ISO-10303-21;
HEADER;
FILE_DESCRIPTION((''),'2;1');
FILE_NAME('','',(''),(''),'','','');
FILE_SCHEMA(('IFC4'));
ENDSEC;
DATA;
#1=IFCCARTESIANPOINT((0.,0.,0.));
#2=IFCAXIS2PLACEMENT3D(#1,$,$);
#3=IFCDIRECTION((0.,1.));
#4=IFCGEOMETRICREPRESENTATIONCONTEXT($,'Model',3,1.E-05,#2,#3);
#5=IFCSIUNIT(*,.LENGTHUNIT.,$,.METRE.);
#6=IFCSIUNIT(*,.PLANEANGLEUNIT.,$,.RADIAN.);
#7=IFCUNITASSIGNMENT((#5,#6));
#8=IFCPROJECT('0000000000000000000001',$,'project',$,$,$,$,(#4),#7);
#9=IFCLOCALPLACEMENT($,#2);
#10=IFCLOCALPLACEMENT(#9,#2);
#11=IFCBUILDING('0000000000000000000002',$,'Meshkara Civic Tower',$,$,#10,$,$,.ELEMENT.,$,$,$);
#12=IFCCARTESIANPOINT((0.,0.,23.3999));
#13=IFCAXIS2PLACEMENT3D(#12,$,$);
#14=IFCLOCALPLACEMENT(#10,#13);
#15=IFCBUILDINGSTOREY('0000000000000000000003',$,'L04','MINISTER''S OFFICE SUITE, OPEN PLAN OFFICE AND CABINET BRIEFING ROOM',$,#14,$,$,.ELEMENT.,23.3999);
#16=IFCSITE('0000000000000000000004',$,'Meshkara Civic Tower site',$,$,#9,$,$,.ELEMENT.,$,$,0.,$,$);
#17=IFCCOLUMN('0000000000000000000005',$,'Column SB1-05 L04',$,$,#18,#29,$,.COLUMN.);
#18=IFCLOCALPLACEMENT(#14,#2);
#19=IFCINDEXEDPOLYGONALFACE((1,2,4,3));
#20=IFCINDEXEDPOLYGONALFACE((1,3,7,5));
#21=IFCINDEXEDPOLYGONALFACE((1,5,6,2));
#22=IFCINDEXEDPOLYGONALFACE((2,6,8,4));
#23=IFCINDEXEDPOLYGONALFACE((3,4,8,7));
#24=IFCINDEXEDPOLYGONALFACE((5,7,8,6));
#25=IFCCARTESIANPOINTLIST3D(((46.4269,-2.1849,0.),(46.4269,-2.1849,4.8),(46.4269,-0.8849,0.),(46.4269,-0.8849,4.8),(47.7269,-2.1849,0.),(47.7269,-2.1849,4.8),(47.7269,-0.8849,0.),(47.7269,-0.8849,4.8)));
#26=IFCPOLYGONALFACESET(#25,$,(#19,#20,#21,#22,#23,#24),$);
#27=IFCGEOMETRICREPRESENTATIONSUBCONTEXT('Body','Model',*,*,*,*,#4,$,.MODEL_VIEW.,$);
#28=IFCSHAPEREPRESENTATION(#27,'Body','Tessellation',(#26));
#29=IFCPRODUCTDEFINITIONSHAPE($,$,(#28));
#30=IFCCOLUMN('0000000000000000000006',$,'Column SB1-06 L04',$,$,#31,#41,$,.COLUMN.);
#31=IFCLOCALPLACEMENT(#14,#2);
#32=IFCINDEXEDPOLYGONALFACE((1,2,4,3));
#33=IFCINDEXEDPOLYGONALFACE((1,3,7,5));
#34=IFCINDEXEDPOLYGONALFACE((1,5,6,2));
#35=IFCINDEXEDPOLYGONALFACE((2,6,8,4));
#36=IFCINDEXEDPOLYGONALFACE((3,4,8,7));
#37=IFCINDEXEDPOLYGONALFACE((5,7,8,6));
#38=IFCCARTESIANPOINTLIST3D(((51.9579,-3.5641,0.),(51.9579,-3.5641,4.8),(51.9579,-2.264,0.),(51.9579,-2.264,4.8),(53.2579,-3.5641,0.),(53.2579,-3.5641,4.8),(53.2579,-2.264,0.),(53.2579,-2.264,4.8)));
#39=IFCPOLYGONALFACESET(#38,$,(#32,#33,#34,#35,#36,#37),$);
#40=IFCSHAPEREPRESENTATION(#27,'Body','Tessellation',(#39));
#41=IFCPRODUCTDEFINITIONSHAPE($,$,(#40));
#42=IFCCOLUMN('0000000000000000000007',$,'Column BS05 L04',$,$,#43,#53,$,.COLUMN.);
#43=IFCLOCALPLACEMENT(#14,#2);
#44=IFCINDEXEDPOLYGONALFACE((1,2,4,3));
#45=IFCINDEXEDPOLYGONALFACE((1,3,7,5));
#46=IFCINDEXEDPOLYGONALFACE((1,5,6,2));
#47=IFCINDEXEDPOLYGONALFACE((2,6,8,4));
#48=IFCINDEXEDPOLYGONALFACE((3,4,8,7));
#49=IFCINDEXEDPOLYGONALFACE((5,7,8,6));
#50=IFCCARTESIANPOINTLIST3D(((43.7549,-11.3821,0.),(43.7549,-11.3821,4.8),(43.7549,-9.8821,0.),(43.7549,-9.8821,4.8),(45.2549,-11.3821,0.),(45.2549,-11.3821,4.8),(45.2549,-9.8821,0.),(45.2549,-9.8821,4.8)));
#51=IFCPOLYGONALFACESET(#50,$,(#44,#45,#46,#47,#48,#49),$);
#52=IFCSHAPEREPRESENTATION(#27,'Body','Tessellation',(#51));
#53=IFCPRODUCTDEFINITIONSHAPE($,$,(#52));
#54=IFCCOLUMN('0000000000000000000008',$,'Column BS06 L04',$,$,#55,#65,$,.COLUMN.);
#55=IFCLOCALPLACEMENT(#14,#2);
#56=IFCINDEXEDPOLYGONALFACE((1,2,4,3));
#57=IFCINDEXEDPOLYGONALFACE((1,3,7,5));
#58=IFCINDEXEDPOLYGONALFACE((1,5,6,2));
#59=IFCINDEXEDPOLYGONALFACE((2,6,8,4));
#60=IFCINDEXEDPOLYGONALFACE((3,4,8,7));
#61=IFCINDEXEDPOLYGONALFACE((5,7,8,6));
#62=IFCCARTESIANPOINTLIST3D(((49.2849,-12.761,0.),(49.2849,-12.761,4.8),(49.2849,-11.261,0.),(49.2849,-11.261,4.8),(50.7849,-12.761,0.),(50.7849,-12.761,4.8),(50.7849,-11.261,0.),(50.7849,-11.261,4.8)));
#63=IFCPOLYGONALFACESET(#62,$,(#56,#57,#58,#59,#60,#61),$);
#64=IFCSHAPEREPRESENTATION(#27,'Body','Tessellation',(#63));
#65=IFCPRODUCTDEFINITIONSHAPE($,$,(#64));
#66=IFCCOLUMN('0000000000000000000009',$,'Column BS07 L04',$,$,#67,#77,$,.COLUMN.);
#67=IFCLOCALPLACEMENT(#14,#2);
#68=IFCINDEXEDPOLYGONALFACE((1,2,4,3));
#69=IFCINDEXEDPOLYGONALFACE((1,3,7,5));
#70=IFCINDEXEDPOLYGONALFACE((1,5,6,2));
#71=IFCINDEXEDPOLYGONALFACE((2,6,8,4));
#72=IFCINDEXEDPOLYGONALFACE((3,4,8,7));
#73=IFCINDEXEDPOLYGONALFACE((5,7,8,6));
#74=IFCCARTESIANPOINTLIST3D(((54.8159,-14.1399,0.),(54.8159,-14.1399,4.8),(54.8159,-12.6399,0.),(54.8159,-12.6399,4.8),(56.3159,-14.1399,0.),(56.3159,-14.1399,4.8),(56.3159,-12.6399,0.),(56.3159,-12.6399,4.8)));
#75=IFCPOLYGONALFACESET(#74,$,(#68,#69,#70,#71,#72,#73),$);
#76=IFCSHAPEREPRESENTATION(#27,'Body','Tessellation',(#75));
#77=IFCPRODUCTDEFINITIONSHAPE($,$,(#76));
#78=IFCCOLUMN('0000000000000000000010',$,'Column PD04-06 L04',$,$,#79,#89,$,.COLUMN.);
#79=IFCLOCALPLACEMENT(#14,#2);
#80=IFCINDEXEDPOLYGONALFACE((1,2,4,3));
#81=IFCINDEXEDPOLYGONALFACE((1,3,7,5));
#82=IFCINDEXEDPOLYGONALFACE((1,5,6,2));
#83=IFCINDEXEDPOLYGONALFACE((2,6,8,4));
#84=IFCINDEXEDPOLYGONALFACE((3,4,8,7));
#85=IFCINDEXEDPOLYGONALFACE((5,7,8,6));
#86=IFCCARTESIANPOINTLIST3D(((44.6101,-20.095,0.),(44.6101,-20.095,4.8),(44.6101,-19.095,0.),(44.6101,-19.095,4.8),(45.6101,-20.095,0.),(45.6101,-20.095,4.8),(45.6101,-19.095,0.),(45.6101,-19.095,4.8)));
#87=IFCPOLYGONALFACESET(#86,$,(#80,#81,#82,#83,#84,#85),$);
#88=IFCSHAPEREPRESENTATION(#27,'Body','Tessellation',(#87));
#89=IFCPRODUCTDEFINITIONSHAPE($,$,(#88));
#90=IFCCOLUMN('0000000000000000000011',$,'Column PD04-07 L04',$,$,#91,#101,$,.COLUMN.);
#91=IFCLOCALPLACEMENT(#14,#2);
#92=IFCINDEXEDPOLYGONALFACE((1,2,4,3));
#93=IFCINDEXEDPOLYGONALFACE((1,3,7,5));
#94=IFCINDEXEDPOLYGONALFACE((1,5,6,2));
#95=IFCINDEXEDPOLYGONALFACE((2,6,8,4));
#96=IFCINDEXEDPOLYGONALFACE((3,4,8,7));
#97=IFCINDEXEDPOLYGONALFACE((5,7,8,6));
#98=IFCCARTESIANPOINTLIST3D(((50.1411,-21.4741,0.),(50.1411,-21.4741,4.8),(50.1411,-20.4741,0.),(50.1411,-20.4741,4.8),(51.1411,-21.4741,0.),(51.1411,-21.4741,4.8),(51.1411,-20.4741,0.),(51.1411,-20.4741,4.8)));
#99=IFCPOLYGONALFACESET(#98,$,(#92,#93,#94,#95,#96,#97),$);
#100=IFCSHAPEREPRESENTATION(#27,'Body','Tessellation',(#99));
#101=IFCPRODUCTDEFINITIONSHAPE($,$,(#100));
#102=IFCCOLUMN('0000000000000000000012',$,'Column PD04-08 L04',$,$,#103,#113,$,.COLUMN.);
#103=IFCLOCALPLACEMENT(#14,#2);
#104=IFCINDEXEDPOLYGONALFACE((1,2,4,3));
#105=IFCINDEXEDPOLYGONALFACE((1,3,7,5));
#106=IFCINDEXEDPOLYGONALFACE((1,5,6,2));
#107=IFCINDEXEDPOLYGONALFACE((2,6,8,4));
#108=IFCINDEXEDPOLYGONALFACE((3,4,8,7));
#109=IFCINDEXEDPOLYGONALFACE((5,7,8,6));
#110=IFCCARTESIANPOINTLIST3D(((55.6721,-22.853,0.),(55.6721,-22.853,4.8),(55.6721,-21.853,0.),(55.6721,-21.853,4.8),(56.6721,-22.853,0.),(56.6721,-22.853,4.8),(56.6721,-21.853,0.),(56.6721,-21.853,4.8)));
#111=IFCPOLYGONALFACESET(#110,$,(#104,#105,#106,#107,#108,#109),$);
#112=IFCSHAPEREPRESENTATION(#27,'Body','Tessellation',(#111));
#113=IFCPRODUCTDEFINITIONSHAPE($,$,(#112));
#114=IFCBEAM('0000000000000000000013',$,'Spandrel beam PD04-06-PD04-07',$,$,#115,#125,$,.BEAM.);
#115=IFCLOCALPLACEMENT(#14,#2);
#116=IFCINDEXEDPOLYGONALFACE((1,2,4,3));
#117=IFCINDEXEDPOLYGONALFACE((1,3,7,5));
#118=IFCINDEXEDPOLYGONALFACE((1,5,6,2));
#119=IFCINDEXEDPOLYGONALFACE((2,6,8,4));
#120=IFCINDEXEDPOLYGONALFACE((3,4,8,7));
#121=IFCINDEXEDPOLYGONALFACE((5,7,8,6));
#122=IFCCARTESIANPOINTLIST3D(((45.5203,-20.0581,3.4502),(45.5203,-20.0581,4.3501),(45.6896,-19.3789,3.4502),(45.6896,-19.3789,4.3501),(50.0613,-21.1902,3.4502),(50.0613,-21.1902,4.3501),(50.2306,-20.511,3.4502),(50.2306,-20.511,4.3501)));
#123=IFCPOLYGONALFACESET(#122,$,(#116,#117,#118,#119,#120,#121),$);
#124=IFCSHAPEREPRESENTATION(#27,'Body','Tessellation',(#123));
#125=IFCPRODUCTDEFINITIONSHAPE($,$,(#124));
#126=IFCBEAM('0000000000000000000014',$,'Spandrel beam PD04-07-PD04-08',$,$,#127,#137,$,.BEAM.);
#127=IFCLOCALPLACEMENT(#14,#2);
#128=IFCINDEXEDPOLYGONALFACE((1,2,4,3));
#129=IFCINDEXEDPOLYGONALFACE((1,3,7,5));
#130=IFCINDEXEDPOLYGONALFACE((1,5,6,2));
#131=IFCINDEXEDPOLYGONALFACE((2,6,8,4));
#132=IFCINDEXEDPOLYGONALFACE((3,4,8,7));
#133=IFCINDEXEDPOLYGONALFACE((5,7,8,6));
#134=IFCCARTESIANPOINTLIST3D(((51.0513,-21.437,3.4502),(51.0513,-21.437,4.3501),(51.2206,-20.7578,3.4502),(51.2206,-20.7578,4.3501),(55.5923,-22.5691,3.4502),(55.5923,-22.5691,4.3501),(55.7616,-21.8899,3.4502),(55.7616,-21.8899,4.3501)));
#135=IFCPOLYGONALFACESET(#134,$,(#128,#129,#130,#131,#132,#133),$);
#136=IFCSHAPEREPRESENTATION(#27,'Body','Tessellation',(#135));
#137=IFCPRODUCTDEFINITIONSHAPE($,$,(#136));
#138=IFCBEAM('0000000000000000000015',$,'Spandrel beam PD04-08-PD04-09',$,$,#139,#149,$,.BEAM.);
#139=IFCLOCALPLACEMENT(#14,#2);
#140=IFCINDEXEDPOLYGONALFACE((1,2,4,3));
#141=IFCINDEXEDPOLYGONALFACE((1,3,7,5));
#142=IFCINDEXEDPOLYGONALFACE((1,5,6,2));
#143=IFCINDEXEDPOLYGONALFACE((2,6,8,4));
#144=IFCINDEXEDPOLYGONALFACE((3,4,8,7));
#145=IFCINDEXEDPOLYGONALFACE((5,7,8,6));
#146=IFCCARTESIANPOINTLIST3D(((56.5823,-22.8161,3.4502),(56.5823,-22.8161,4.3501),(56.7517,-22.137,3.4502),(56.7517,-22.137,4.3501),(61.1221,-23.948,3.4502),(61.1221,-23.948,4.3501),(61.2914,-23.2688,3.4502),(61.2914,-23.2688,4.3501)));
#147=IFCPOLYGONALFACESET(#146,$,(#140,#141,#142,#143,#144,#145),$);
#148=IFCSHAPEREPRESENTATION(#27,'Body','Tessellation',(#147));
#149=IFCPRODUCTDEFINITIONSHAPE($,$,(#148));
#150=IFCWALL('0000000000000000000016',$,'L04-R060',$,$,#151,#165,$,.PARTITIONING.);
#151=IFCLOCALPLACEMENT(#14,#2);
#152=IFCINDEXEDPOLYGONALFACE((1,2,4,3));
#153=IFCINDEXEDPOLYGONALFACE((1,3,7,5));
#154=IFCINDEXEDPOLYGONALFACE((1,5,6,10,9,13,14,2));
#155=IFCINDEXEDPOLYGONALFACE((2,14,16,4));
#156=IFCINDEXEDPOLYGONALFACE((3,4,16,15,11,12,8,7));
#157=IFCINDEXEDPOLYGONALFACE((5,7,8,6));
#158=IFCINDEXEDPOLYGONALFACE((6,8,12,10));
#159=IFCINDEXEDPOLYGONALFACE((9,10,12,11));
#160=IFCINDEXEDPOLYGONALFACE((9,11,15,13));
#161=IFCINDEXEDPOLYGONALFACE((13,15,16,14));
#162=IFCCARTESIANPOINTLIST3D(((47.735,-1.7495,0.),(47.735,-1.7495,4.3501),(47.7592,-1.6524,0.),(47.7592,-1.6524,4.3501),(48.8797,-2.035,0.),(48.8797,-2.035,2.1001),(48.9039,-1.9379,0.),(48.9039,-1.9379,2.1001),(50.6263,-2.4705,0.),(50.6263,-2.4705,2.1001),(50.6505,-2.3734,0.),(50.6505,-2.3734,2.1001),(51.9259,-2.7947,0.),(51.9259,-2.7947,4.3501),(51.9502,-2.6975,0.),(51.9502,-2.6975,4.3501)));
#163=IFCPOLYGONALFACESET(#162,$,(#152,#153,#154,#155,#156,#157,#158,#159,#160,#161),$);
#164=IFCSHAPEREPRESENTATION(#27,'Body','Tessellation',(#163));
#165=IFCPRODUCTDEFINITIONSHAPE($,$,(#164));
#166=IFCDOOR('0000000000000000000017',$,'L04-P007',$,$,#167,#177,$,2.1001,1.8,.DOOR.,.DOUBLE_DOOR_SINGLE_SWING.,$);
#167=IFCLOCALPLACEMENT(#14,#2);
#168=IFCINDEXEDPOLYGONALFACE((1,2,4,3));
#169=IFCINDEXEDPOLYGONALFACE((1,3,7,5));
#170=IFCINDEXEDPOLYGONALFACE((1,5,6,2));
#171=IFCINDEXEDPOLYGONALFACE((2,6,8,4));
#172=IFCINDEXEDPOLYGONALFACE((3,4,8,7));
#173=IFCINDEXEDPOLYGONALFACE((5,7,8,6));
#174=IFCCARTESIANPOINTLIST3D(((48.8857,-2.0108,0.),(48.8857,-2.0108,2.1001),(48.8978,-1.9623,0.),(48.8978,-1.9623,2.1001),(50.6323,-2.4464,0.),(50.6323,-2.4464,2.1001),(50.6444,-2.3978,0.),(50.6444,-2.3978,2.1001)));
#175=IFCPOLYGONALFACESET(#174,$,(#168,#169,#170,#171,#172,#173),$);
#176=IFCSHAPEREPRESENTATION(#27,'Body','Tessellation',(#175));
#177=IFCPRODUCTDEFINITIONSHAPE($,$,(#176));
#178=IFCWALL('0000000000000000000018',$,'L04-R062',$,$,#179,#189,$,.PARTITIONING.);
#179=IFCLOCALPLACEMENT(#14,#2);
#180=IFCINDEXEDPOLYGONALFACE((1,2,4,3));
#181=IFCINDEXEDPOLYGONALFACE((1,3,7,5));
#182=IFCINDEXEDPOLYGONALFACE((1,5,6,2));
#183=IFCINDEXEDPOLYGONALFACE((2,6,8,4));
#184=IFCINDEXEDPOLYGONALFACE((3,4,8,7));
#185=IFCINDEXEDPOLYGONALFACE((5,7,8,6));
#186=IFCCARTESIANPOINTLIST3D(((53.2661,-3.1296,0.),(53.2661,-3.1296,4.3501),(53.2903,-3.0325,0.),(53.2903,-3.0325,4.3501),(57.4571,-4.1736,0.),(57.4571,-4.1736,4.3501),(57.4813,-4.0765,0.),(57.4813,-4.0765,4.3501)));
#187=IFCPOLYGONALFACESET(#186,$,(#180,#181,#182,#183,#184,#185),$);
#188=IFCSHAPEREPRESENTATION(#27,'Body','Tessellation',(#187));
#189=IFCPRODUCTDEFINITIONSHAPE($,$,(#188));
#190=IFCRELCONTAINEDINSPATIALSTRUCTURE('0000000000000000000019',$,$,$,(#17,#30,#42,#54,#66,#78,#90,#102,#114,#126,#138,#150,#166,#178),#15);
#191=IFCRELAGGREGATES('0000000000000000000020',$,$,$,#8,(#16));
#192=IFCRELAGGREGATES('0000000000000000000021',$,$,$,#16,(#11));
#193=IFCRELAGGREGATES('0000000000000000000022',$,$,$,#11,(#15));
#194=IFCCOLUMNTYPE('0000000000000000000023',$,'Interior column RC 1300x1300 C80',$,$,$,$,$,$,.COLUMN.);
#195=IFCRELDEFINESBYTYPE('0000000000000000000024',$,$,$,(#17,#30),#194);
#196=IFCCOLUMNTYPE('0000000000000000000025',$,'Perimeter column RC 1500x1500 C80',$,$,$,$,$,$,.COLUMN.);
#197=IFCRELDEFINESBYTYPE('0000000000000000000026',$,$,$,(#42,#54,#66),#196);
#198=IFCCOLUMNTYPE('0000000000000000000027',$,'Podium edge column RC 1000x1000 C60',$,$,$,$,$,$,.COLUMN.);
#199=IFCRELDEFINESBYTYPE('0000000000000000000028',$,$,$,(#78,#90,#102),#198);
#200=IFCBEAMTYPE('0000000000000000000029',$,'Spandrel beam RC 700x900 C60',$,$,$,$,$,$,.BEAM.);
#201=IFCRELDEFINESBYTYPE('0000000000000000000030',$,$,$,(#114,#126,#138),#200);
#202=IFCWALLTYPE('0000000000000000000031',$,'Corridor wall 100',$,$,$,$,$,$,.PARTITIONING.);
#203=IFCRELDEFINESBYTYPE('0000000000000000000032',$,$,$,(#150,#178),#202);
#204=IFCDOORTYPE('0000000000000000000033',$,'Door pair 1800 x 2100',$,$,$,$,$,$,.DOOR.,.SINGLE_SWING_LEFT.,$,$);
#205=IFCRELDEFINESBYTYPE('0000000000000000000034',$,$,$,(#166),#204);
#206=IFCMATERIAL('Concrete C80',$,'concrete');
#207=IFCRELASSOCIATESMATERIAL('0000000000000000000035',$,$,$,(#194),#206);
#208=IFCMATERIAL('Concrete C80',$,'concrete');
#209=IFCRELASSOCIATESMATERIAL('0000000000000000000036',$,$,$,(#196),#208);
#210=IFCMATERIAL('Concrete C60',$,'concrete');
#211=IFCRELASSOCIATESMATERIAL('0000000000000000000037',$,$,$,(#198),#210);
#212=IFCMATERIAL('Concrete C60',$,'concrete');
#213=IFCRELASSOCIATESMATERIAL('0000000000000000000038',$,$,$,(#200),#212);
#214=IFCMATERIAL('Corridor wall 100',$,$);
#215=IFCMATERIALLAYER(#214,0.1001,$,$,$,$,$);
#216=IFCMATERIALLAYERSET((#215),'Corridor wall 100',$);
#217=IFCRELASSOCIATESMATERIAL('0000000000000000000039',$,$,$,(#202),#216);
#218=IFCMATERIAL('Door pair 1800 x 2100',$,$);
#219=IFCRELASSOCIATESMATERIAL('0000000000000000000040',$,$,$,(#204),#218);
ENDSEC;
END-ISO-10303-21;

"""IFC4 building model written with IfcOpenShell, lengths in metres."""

from ifc_helpers import new_model, si_unit, direction, frame, frame_2d, origin, origin_2d, place, context, subcontext, project, spatial, rectangle, extrude, material, layer, layer_set, material_profile, profile_set, type_object, element, fill, save


model = new_model("IFC4")

# Units and contexts
model_context = context("Model", 3, precision=1e-05, world=origin(), true_north=direction((0.0, 1.0)))
body_context = subcontext(model_context, "Body", "Model", "MODEL_VIEW")
ifc_project = project(units=[si_unit("LENGTHUNIT", "METRE"), si_unit("PLANEANGLEUNIT", "RADIAN")], contexts=[model_context])

# Site, building, storey
site_placement = place(None, origin())
site = spatial("IfcSite", under=ifc_project, at=site_placement, Name="Meshkara Civic Tower site", CompositionType="ELEMENT", RefElevation=0.0)
building_placement = place(site_placement, origin())
building = spatial("IfcBuilding", under=site, at=building_placement, Name="Meshkara Civic Tower", CompositionType="ELEMENT")
storey_placement = place(building_placement, frame((0.0, 0.0, 23.3999)))
storey = spatial("IfcBuildingStorey", under=building, at=storey_placement, Name="L04", Description="MINISTER'S OFFICE SUITE, OPEN PLAN OFFICE AND CABINET BRIEFING ROOM", CompositionType="ELEMENT", Elevation=23.3999)

# Columns
ifc_material_1 = material(Name="Concrete C80", Category="concrete")
ifc_material_profile_1 = material_profile(ifc_material_1, rectangle(XDim=1.3, YDim=1.3, at=origin_2d()))
ifc_profile_set_1 = profile_set([ifc_material_profile_1], Name="Concrete C80")
column_type_1 = type_object("IfcColumnType", Name="Interior column RC 1300x1300 C80", PredefinedType="COLUMN", material=ifc_profile_set_1)
for number, where, z_axis, x_axis, name in (
    (1, (47.0769, -1.5349, 0.0), (0.0, 0.0, 1.0), (1.0, 0.0, 0.0), "Column SB1-05 L04"),
    (2, (52.6079, -2.9141, 0.0), (0.0, 0.0, 1.0), (1.0, 0.0, 0.0), "Column SB1-06 L04"),
):
    element("IfcColumn", number, at=place(storey_placement, frame(where, z_axis=z_axis, x_axis=x_axis)), inside=storey, type_object=column_type_1, Name=name, PredefinedType="COLUMN", context=body_context, shape_type="SweptSolid", body=[
        extrude(rectangle(XDim=1.3, YDim=1.3, at=origin_2d()), origin(), (0.0, 0.0, 1.0), 4.8),
    ])
ifc_material_2 = material(Name="Concrete C80", Category="concrete")
ifc_material_profile_2 = material_profile(ifc_material_2, rectangle(XDim=1.5, YDim=1.5, at=origin_2d()))
ifc_profile_set_2 = profile_set([ifc_material_profile_2], Name="Concrete C80")
column_type_2 = type_object("IfcColumnType", Name="Perimeter column RC 1500x1500 C80", PredefinedType="COLUMN", material=ifc_profile_set_2)
for number, where, z_axis, x_axis, name in (
    (3, (44.5049, -10.6321, 0.0), (0.0, 0.0, 1.0), (1.0, 0.0, 0.0), "Column BS05 L04"),
    (4, (50.0349, -12.011, 0.0), (0.0, 0.0, 1.0), (1.0, 0.0, 0.0), "Column BS06 L04"),
    (5, (55.5659, -13.3899, 0.0), (0.0, 0.0, 1.0), (1.0, 0.0, 0.0), "Column BS07 L04"),
):
    element("IfcColumn", number, at=place(storey_placement, frame(where, z_axis=z_axis, x_axis=x_axis)), inside=storey, type_object=column_type_2, Name=name, PredefinedType="COLUMN", context=body_context, shape_type="SweptSolid", body=[
        extrude(rectangle(XDim=1.5, YDim=1.5, at=origin_2d()), origin(), (0.0, 0.0, 1.0), 4.8),
    ])
ifc_material_3 = material(Name="Concrete C60", Category="concrete")
ifc_material_profile_3 = material_profile(ifc_material_3, rectangle(XDim=1.0, YDim=1.0, at=origin_2d()))
ifc_profile_set_3 = profile_set([ifc_material_profile_3], Name="Concrete C60")
column_type_3 = type_object("IfcColumnType", Name="Podium edge column RC 1000x1000 C60", PredefinedType="COLUMN", material=ifc_profile_set_3)
for number, where, z_axis, x_axis, name in (
    (6, (45.1101, -19.595, 0.0), (0.0, 0.0, 1.0), (1.0, 0.0, 0.0), "Column PD04-06 L04"),
    (7, (50.6411, -20.9741, 0.0), (0.0, 0.0, 1.0), (1.0, 0.0, 0.0), "Column PD04-07 L04"),
    (8, (56.1721, -22.353, 0.0), (0.0, 0.0, 1.0), (1.0, 0.0, 0.0), "Column PD04-08 L04"),
):
    element("IfcColumn", number, at=place(storey_placement, frame(where, z_axis=z_axis, x_axis=x_axis)), inside=storey, type_object=column_type_3, Name=name, PredefinedType="COLUMN", context=body_context, shape_type="SweptSolid", body=[
        extrude(rectangle(XDim=1.0, YDim=1.0, at=origin_2d()), origin(), (0.0, 0.0, 1.0), 4.8),
    ])

# Beams
ifc_material_4 = material(Name="Concrete C60", Category="concrete")
ifc_material_profile_4 = material_profile(ifc_material_4, rectangle(XDim=0.7, YDim=0.8999, at=origin_2d()))
ifc_profile_set_4 = profile_set([ifc_material_profile_4], Name="Concrete C60")
beam_type = type_object("IfcBeamType", Name="Spandrel beam RC 700x900 C60", PredefinedType="BEAM", material=ifc_profile_set_4)
for number, where, z_axis, x_axis, name in (
    (9, (45.605, -19.7185, 3.9001), (0.970302, -0.241897, 0.0), (0.241897, 0.970302, 0.0), "Spandrel beam PD04-06-PD04-07"),
    (10, (51.136, -21.0974, 3.9001), (0.970302, -0.241897, 0.0), (0.241897, 0.970302, 0.0), "Spandrel beam PD04-07-PD04-08"),
):
    element("IfcBeam", number, at=place(storey_placement, frame(where, z_axis=z_axis, x_axis=x_axis)), inside=storey, type_object=beam_type, Name=name, PredefinedType="BEAM", context=body_context, shape_type="SweptSolid", body=[
        extrude(rectangle(XDim=0.7, YDim=0.8999, at=origin_2d()), origin(), (0.0, 0.0, 1.0), 4.6799),
    ])
beam_placement = place(storey_placement, frame((56.667, -22.4766, 3.9001), z_axis=(0.970299, -0.241909, 0.0), x_axis=(0.241909, 0.970299, 0.0)))
element("IfcBeam", 11, at=beam_placement, inside=storey, type_object=beam_type, Name="Spandrel beam PD04-08-PD04-09", PredefinedType="BEAM", context=body_context, shape_type="SweptSolid", body=[
    extrude(rectangle(XDim=0.7, YDim=0.8999, at=origin_2d()), origin(), (0.0, 0.0, 1.0), 4.6787),
])

# Wall, opening, door
ifc_material_5 = material(Name="Corridor wall 100")
ifc_layer_1 = layer(ifc_material_5, 0.1001)
ifc_layer_set_1 = layer_set([ifc_layer_1], Name="Corridor wall 100")
wall_type_1 = type_object("IfcWallType", Name="Corridor wall 100", PredefinedType="PARTITIONING", material=ifc_layer_set_1)
wall_1_placement = place(storey_placement, frame((47.7471, -1.7009, 0.0), z_axis=(0.0, 0.0, 1.0), x_axis=(0.970282, -0.241977, 0.0)))
wall_1 = element("IfcWall", 12, at=wall_1_placement, inside=storey, type_object=wall_type_1, Name="L04-R060", PredefinedType="PARTITIONING", context=body_context, shape_type="SweptSolid", body=[
    extrude(rectangle(XDim=4.3193, YDim=0.1001, at=frame_2d((2.1597, 0.0))), origin(), (0.0, 0.0, 1.0), 4.3501),
])
opening_1_placement = place(wall_1_placement, frame((1.1799, 0.0, 0.0)))
opening_1 = element("IfcOpeningElement", 13, at=opening_1_placement, cuts=wall_1, PredefinedType="OPENING", context=body_context, shape_type="SweptSolid", body=[
    extrude(rectangle(XDim=1.8, YDim=2.1001, at=frame_2d((0.8999, 1.05))), frame((0.0, 0.0601, 0.0), z_axis=(0.0, -1.0, 0.0), x_axis=(1.0, 0.0, 0.0)), (0.0, 0.0, 1.0), 0.1201),
])
ifc_material_6 = material(Name="Door pair 1800 x 2100")
door_type = type_object("IfcDoorType", Name="Door pair 1800 x 2100", OperationType="SINGLE_SWING_LEFT", PredefinedType="DOOR", material=ifc_material_6)
door_placement = place(opening_1_placement, origin())
door = element("IfcDoor", 14, at=door_placement, inside=storey, type_object=door_type, Name="L04-P007", OperationType="DOUBLE_DOOR_SINGLE_SWING", OverallHeight=2.1001, OverallWidth=1.8, PredefinedType="DOOR", context=body_context, shape_type="SweptSolid", body=[
    extrude(rectangle(XDim=1.8, YDim=2.1001, at=frame_2d((0.8999, 1.05))), frame((0.0, 0.0249, 0.0), z_axis=(0.0, -1.0, 0.0), x_axis=(1.0, 0.0, 0.0)), (0.0, 0.0, 1.0), 0.05),
])
fill(opening_1, door)

# Wall
wall_2_placement = place(storey_placement, frame((53.2781, -3.0811, 0.0), z_axis=(0.0, 0.0, 1.0), x_axis=(0.970348, -0.241711, 0.0)))
element("IfcWall", 15, at=wall_2_placement, inside=storey, type_object=wall_type_1, Name="L04-R062", PredefinedType="PARTITIONING", context=body_context, shape_type="SweptSolid", body=[
    extrude(rectangle(XDim=4.3191, YDim=0.1001, at=frame_2d((2.1597, 0.0))), origin(), (0.0, 0.0, 1.0), 4.3501),
])

save(model, "model.ifc")
